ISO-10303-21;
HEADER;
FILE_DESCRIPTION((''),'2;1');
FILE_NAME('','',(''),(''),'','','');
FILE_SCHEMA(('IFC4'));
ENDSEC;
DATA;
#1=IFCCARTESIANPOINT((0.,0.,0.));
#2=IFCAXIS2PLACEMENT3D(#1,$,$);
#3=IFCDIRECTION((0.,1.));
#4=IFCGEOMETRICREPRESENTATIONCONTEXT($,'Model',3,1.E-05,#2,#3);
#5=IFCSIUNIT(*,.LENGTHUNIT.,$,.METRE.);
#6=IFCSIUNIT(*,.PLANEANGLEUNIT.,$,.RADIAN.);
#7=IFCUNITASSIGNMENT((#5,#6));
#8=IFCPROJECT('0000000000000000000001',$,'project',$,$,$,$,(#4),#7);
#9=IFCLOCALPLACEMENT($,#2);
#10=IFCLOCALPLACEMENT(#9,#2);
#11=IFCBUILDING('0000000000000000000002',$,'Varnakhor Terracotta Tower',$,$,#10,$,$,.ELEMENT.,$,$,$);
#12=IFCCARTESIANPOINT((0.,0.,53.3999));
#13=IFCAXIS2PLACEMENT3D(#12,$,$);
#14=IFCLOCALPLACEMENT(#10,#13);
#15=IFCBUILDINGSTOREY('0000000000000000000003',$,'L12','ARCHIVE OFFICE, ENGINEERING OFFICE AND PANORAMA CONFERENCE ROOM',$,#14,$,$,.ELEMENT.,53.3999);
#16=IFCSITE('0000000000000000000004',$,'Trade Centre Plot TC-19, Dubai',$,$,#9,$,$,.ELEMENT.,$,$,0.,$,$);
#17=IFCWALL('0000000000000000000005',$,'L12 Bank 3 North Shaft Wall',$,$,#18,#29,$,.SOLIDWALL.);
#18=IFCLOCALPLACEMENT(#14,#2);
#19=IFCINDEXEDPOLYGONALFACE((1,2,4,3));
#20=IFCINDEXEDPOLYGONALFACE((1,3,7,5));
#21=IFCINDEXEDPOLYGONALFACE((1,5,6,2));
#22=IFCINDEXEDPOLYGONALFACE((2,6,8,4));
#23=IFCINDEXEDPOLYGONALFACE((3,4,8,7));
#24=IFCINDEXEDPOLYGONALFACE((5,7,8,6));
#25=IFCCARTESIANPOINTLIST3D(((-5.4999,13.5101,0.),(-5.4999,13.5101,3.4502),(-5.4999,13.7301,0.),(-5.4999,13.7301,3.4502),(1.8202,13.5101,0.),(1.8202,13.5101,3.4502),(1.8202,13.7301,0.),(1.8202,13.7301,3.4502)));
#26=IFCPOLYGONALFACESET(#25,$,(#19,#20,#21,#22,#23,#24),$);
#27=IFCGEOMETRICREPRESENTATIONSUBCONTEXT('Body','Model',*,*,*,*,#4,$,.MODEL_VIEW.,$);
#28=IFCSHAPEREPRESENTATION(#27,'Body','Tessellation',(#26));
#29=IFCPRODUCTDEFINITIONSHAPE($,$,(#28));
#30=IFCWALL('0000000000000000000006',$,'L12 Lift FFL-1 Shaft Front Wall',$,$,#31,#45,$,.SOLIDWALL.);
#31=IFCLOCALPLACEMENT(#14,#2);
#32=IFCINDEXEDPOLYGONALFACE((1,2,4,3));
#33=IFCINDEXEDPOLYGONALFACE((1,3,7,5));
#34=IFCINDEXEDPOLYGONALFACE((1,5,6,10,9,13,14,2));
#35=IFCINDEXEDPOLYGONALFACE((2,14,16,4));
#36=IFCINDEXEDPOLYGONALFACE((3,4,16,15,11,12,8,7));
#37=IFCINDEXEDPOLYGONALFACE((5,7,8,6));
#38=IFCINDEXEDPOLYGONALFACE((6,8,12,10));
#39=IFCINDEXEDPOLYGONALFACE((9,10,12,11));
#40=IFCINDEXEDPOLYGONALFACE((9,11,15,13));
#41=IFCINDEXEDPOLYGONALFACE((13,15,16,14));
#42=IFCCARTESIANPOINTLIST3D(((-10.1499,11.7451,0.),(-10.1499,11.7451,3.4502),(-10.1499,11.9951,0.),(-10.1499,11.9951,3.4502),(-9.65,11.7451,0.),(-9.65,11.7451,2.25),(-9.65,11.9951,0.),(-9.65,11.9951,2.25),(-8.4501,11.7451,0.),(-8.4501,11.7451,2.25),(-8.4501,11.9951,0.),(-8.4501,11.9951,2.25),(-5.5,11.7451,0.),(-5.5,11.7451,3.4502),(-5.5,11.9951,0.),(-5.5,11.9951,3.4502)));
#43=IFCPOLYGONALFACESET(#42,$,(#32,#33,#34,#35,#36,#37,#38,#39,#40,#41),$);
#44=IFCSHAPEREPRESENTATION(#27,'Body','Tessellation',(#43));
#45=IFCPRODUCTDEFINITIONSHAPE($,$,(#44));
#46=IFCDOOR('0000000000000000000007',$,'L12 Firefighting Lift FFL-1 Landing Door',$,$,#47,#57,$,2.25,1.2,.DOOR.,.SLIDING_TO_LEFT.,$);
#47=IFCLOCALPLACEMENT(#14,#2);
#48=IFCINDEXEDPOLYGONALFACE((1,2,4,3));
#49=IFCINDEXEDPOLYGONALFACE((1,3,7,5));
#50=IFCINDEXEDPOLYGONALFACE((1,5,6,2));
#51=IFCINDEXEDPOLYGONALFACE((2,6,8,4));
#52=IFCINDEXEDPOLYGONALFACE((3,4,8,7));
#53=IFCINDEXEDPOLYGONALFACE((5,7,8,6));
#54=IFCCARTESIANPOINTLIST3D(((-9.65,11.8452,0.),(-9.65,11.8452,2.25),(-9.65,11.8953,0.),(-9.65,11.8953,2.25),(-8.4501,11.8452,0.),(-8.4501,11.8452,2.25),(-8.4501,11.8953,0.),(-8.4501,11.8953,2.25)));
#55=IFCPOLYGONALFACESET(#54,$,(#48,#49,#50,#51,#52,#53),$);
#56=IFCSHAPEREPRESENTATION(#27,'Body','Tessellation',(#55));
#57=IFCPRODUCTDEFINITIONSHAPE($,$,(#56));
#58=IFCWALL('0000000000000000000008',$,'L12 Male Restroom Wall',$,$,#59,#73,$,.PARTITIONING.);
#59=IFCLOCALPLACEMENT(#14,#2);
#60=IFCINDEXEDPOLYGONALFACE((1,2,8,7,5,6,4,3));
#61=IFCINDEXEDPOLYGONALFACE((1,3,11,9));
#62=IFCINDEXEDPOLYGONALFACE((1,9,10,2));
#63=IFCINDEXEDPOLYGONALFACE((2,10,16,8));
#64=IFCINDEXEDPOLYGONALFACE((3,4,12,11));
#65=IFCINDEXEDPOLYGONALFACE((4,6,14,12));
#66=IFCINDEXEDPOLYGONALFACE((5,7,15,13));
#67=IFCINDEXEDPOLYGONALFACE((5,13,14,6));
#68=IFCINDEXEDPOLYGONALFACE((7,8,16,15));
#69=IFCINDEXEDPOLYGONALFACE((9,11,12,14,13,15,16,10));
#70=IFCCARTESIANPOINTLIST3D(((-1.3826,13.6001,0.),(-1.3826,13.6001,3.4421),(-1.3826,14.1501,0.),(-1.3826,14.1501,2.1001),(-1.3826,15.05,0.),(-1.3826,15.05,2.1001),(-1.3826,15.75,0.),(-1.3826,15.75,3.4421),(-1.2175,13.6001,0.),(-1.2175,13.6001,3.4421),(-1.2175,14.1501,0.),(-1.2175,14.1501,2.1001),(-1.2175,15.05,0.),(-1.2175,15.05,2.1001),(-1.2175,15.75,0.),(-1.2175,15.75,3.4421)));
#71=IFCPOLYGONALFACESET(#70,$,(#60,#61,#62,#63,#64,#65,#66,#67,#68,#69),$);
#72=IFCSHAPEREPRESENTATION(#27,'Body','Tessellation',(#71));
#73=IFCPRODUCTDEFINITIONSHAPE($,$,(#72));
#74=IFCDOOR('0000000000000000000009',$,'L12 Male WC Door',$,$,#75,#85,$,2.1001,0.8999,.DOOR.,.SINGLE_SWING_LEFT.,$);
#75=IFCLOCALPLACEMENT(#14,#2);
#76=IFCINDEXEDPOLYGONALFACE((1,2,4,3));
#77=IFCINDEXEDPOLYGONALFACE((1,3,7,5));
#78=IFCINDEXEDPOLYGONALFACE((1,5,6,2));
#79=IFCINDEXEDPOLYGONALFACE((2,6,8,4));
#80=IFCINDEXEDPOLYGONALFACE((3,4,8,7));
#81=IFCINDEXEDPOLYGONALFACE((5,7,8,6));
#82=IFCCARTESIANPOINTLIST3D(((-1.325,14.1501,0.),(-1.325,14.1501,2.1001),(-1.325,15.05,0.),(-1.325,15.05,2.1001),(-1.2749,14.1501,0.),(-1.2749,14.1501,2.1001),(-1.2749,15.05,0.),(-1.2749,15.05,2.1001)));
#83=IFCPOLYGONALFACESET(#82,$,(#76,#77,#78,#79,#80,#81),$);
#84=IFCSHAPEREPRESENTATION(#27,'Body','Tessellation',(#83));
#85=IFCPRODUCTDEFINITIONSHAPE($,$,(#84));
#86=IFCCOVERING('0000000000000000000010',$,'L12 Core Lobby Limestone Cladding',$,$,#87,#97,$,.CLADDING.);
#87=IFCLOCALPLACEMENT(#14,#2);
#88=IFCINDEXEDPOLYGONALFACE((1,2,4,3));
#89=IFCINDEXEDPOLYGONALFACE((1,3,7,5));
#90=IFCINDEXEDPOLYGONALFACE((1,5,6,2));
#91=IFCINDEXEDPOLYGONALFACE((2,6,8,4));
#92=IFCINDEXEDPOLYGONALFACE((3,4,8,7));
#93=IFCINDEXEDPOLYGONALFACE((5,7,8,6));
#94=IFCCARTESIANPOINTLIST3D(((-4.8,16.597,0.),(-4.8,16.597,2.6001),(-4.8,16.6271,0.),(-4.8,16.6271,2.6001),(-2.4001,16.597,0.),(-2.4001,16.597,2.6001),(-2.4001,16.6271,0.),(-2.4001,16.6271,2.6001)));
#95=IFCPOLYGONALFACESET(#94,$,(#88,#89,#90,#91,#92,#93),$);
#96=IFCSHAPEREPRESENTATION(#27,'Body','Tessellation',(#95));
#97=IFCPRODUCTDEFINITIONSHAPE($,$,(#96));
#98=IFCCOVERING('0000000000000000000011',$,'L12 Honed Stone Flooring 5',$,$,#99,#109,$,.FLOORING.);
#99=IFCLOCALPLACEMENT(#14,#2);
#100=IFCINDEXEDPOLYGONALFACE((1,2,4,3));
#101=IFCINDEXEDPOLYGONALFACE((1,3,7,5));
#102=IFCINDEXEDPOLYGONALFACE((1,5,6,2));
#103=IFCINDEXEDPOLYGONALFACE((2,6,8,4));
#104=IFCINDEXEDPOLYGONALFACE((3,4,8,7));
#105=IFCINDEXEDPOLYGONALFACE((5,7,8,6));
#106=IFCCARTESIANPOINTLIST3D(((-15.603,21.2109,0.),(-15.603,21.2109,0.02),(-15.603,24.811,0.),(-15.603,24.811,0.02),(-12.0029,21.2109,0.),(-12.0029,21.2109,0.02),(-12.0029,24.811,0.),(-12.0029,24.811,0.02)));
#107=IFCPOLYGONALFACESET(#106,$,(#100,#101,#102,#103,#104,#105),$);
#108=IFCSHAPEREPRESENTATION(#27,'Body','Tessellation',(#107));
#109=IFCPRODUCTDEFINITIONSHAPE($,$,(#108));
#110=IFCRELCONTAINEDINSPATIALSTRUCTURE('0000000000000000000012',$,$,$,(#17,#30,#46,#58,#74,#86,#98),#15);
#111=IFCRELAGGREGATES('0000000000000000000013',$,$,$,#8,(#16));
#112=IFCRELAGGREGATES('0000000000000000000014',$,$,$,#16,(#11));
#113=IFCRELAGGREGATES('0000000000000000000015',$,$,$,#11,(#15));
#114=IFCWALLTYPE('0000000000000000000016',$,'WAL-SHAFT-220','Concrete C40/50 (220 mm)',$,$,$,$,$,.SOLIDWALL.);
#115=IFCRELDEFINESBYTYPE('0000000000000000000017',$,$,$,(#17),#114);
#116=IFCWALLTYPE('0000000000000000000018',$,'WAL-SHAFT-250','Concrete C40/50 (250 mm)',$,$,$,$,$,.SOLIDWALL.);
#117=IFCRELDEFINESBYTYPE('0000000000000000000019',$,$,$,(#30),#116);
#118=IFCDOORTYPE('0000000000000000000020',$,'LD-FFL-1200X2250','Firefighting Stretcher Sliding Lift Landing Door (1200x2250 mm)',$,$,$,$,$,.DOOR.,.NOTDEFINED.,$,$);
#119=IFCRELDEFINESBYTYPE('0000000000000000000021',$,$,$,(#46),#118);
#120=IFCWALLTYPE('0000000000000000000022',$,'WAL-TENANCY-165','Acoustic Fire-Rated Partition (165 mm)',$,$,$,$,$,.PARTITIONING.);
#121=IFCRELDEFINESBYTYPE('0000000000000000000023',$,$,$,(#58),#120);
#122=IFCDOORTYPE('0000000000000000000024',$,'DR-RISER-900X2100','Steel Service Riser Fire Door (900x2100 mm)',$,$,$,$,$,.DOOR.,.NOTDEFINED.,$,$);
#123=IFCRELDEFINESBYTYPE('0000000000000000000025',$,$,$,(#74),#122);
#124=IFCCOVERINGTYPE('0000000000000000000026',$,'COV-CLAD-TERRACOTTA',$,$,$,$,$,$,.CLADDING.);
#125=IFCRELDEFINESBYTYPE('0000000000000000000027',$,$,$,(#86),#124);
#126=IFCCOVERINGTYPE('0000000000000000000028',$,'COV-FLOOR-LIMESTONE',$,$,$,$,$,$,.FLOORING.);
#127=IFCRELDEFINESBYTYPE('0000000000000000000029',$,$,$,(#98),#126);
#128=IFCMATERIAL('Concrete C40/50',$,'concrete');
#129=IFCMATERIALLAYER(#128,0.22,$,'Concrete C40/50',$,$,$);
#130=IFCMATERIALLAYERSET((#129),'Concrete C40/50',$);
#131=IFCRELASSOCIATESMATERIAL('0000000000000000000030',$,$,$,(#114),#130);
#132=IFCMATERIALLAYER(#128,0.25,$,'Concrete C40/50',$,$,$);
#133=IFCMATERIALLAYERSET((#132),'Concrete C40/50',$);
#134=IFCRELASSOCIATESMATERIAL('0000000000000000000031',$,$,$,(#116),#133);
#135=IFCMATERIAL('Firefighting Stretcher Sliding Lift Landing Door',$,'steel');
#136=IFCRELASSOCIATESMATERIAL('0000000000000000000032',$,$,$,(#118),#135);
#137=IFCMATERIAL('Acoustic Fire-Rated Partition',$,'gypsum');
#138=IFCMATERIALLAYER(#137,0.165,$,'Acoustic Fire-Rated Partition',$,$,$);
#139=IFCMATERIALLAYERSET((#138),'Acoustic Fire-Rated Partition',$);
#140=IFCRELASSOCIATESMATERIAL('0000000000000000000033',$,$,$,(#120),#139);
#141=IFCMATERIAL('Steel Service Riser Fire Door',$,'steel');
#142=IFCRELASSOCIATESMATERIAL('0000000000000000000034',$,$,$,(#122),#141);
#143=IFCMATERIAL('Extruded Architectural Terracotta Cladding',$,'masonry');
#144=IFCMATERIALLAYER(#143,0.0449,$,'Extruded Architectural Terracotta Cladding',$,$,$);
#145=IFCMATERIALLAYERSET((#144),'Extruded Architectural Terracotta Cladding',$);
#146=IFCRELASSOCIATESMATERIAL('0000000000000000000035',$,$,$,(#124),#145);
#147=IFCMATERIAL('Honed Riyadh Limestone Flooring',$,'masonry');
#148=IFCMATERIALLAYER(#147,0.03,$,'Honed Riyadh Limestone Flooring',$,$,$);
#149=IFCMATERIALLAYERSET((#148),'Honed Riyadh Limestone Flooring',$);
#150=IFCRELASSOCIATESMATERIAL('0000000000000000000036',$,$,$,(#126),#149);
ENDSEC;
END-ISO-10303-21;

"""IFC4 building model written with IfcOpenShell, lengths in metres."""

from ifc_helpers import new_model, si_unit, direction, frame, frame_2d, origin, origin_2d, place, context, subcontext, project, spatial, rectangle, extrude, source, transform, mapped, material, layer, layer_set, type_object, type_shapes, element, fill, save


model = new_model("IFC4")

# Units and contexts
model_context = context("Model", 3, precision=1e-05, world=origin(), true_north=direction((0.0, 1.0)))
body_context = subcontext(model_context, "Body", "Model", "MODEL_VIEW")
ifc_project = project(units=[si_unit("LENGTHUNIT", "METRE"), si_unit("PLANEANGLEUNIT", "RADIAN")], contexts=[model_context])

# Site, building, storey
site_placement = place(None, origin())
site = spatial("IfcSite", under=ifc_project, at=site_placement, Name="Trade Centre Plot TC-19, Dubai", CompositionType="ELEMENT", RefElevation=0.0)
building_placement = place(site_placement, origin())
building = spatial("IfcBuilding", under=site, at=building_placement, Name="Varnakhor Terracotta Tower", CompositionType="ELEMENT")
storey_placement = place(building_placement, frame((0.0, 0.0, 53.3999)))
storey = spatial("IfcBuildingStorey", under=building, at=storey_placement, Name="L12", Description="ARCHIVE OFFICE, ENGINEERING OFFICE AND PANORAMA CONFERENCE ROOM", CompositionType="ELEMENT", Elevation=53.3999)

# Wall
ifc_material_1 = material(Name="Concrete C40/50", Category="concrete")
ifc_layer_1 = layer(ifc_material_1, 0.22, Name="Concrete C40/50")
ifc_layer_set_1 = layer_set([ifc_layer_1], Name="Concrete C40/50")
wall_type_1 = type_object("IfcWallType", Name="WAL-SHAFT-220", Description="Concrete C40/50 (220 mm)", PredefinedType="SOLIDWALL", material=ifc_layer_set_1)
wall_1_placement = place(storey_placement, frame((-5.5, 13.6201, 0.0), z_axis=(0.0, 0.0, 1.0), x_axis=(1.0, 0.0, 0.0)))
element("IfcWall", 1, at=wall_1_placement, inside=storey, type_object=wall_type_1, Name="L12 Bank 3 North Shaft Wall", PredefinedType="SOLIDWALL", context=body_context, shape_type="SweptSolid", body=[
    extrude(rectangle(XDim=7.3201, YDim=0.22, at=frame_2d((3.6602, 0.0))), origin(), (0.0, 0.0, 1.0), 3.4502),
])

# Walls, openings, doors
ifc_layer_2 = layer(ifc_material_1, 0.25, Name="Concrete C40/50")
ifc_layer_set_2 = layer_set([ifc_layer_2], Name="Concrete C40/50")
wall_type_2 = type_object("IfcWallType", Name="WAL-SHAFT-250", Description="Concrete C40/50 (250 mm)", PredefinedType="SOLIDWALL", material=ifc_layer_set_2)
wall_2_placement = place(storey_placement, frame((-5.5, 11.8701, 0.0), z_axis=(0.0, 0.0, 1.0), x_axis=(-1.0, 0.0, 0.0)))
wall_2 = element("IfcWall", 2, at=wall_2_placement, inside=storey, type_object=wall_type_2, Name="L12 Lift FFL-1 Shaft Front Wall", PredefinedType="SOLIDWALL", context=body_context, shape_type="SweptSolid", body=[
    extrude(rectangle(XDim=4.6499, YDim=0.25, at=frame_2d((2.325, 0.0))), origin(), (0.0, 0.0, 1.0), 3.4502),
])
opening_1_placement = place(wall_2_placement, frame((2.95, 0.0, 0.0)))
opening_1 = element("IfcOpeningElement", 3, at=opening_1_placement, cuts=wall_2, PredefinedType="OPENING", context=body_context, shape_type="SweptSolid", body=[
    extrude(rectangle(XDim=1.2, YDim=2.25, at=frame_2d((0.6001, 1.125))), frame((0.0, 0.135, 0.0), z_axis=(0.0, -1.0, 0.0), x_axis=(1.0, 0.0, 0.0)), (0.0, 0.0, 1.0), 0.27),
])
ifc_material_2 = material(Name="Firefighting Stretcher Sliding Lift Landing Door", Category="steel")
door_type_1 = type_object("IfcDoorType", Name="LD-FFL-1200X2250", Description="Firefighting Stretcher Sliding Lift Landing Door (1200x2250 mm)", OperationType="NOTDEFINED", PredefinedType="DOOR", material=ifc_material_2)
shared_shape_1 = source(origin(), body_context, "Body", "SweptSolid", [
    extrude(rectangle(XDim=1.2, YDim=2.25, at=frame_2d((0.6001, 1.125))), frame((0.0, 0.0249, 0.0), z_axis=(0.0, -1.0, 0.0), x_axis=(1.0, 0.0, 0.0)), (0.0, 0.0, 1.0), 0.05),
])
type_shapes(door_type_1, [shared_shape_1])
door_1_placement = place(opening_1_placement, origin())
door_1 = element("IfcDoor", 4, at=door_1_placement, inside=storey, type_object=door_type_1, Name="L12 Firefighting Lift FFL-1 Landing Door", OperationType="SLIDING_TO_LEFT", OverallHeight=2.25, OverallWidth=1.2, PredefinedType="DOOR", context=body_context, shape_type="MappedRepresentation", body=[
    mapped(shared_shape_1, transform((0.0, 0.0, 0.0), scale=1.0)),
])
fill(opening_1, door_1)
ifc_material_3 = material(Name="Acoustic Fire-Rated Partition", Category="gypsum")
ifc_layer_3 = layer(ifc_material_3, 0.165, Name="Acoustic Fire-Rated Partition")
ifc_layer_set_3 = layer_set([ifc_layer_3], Name="Acoustic Fire-Rated Partition")
wall_type_3 = type_object("IfcWallType", Name="WAL-TENANCY-165", Description="Acoustic Fire-Rated Partition (165 mm)", PredefinedType="PARTITIONING", material=ifc_layer_set_3)
wall_3_placement = place(storey_placement, frame((-1.3, 13.6001, 0.0), z_axis=(0.0, 0.0, 1.0), x_axis=(0.0, 1.0, 0.0)))
wall_3 = element("IfcWall", 5, at=wall_3_placement, inside=storey, type_object=wall_type_3, Name="L12 Male Restroom Wall", PredefinedType="PARTITIONING", context=body_context, shape_type="SweptSolid", body=[
    extrude(rectangle(XDim=2.1499, YDim=0.165, at=frame_2d((1.075, 0.0))), origin(), (0.0, 0.0, 1.0), 3.4421),
])
opening_2_placement = place(wall_3_placement, frame((0.55, 0.0, 0.0)))
opening_2 = element("IfcOpeningElement", 6, at=opening_2_placement, cuts=wall_3, PredefinedType="OPENING", context=body_context, shape_type="SweptSolid", body=[
    extrude(rectangle(XDim=0.8999, YDim=2.1001, at=frame_2d((0.45, 1.05))), frame((0.0, 0.0925, 0.0), z_axis=(0.0, -1.0, 0.0), x_axis=(1.0, 0.0, 0.0)), (0.0, 0.0, 1.0), 0.1851),
])
ifc_material_4 = material(Name="Steel Service Riser Fire Door", Category="steel")
door_type_2 = type_object("IfcDoorType", Name="DR-RISER-900X2100", Description="Steel Service Riser Fire Door (900x2100 mm)", OperationType="NOTDEFINED", PredefinedType="DOOR", material=ifc_material_4)
shared_shape_2 = source(origin(), body_context, "Body", "SweptSolid", [
    extrude(rectangle(XDim=0.8999, YDim=2.1001, at=frame_2d((0.45, 1.05))), frame((0.0, 0.0249, 0.0), z_axis=(0.0, -1.0, 0.0), x_axis=(1.0, 0.0, 0.0)), (0.0, 0.0, 1.0), 0.05),
])
type_shapes(door_type_2, [shared_shape_2])
door_2_placement = place(opening_2_placement, origin())
door_2 = element("IfcDoor", 7, at=door_2_placement, inside=storey, type_object=door_type_2, Name="L12 Male WC Door", OperationType="SINGLE_SWING_LEFT", OverallHeight=2.1001, OverallWidth=0.8999, PredefinedType="DOOR", context=body_context, shape_type="MappedRepresentation", body=[
    mapped(shared_shape_2, transform((0.0, 0.0, 0.0), scale=1.0)),
])
fill(opening_2, door_2)

# Coverings
ifc_material_5 = material(Name="Extruded Architectural Terracotta Cladding", Category="masonry")
ifc_layer_4 = layer(ifc_material_5, 0.0449, Name="Extruded Architectural Terracotta Cladding")
ifc_layer_set_4 = layer_set([ifc_layer_4], Name="Extruded Architectural Terracotta Cladding")
covering_type_1 = type_object("IfcCoveringType", Name="COV-CLAD-TERRACOTTA", PredefinedType="CLADDING", material=ifc_layer_set_4)
shared_shape_3 = source(origin(), body_context, "Body", "SweptSolid", [
    extrude(rectangle(XDim=2.3999, YDim=0.03, at=origin_2d()), origin(), (0.0, 0.0, 1.0), 2.6001),
])
type_shapes(covering_type_1, [shared_shape_3])
covering_1_placement = place(storey_placement, frame((-3.6001, 16.6121, 0.0), z_axis=(0.0, 0.0, 1.0), x_axis=(1.0, 0.0, 0.0)))
element("IfcCovering", 8, at=covering_1_placement, inside=storey, type_object=covering_type_1, Name="L12 Core Lobby Limestone Cladding", PredefinedType="CLADDING", context=body_context, shape_type="MappedRepresentation", body=[
    mapped(shared_shape_3, transform((0.0, 0.0, 0.0), scale=1.0)),
])
ifc_material_6 = material(Name="Honed Riyadh Limestone Flooring", Category="masonry")
ifc_layer_5 = layer(ifc_material_6, 0.03, Name="Honed Riyadh Limestone Flooring")
ifc_layer_set_5 = layer_set([ifc_layer_5], Name="Honed Riyadh Limestone Flooring")
covering_type_2 = type_object("IfcCoveringType", Name="COV-FLOOR-LIMESTONE", PredefinedType="FLOORING", material=ifc_layer_set_5)
shared_shape_4 = source(origin(), body_context, "Body", "SweptSolid", [
    extrude(rectangle(XDim=3.6001, YDim=3.6001, at=origin_2d()), origin(), (0.0, 0.0, 1.0), 0.02),
])
covering_2_placement = place(storey_placement, frame((-13.803, 23.011, 0.0), z_axis=(0.0, 0.0, 1.0), x_axis=(1.0, 0.0, 0.0)))
element("IfcCovering", 9, at=covering_2_placement, inside=storey, type_object=covering_type_2, Name="L12 Honed Stone Flooring 5", PredefinedType="FLOORING", context=body_context, shape_type="MappedRepresentation", body=[
    mapped(shared_shape_4, transform((0.0, 0.0, 0.0), scale=1.0)),
])

save(model, "model.ifc")
